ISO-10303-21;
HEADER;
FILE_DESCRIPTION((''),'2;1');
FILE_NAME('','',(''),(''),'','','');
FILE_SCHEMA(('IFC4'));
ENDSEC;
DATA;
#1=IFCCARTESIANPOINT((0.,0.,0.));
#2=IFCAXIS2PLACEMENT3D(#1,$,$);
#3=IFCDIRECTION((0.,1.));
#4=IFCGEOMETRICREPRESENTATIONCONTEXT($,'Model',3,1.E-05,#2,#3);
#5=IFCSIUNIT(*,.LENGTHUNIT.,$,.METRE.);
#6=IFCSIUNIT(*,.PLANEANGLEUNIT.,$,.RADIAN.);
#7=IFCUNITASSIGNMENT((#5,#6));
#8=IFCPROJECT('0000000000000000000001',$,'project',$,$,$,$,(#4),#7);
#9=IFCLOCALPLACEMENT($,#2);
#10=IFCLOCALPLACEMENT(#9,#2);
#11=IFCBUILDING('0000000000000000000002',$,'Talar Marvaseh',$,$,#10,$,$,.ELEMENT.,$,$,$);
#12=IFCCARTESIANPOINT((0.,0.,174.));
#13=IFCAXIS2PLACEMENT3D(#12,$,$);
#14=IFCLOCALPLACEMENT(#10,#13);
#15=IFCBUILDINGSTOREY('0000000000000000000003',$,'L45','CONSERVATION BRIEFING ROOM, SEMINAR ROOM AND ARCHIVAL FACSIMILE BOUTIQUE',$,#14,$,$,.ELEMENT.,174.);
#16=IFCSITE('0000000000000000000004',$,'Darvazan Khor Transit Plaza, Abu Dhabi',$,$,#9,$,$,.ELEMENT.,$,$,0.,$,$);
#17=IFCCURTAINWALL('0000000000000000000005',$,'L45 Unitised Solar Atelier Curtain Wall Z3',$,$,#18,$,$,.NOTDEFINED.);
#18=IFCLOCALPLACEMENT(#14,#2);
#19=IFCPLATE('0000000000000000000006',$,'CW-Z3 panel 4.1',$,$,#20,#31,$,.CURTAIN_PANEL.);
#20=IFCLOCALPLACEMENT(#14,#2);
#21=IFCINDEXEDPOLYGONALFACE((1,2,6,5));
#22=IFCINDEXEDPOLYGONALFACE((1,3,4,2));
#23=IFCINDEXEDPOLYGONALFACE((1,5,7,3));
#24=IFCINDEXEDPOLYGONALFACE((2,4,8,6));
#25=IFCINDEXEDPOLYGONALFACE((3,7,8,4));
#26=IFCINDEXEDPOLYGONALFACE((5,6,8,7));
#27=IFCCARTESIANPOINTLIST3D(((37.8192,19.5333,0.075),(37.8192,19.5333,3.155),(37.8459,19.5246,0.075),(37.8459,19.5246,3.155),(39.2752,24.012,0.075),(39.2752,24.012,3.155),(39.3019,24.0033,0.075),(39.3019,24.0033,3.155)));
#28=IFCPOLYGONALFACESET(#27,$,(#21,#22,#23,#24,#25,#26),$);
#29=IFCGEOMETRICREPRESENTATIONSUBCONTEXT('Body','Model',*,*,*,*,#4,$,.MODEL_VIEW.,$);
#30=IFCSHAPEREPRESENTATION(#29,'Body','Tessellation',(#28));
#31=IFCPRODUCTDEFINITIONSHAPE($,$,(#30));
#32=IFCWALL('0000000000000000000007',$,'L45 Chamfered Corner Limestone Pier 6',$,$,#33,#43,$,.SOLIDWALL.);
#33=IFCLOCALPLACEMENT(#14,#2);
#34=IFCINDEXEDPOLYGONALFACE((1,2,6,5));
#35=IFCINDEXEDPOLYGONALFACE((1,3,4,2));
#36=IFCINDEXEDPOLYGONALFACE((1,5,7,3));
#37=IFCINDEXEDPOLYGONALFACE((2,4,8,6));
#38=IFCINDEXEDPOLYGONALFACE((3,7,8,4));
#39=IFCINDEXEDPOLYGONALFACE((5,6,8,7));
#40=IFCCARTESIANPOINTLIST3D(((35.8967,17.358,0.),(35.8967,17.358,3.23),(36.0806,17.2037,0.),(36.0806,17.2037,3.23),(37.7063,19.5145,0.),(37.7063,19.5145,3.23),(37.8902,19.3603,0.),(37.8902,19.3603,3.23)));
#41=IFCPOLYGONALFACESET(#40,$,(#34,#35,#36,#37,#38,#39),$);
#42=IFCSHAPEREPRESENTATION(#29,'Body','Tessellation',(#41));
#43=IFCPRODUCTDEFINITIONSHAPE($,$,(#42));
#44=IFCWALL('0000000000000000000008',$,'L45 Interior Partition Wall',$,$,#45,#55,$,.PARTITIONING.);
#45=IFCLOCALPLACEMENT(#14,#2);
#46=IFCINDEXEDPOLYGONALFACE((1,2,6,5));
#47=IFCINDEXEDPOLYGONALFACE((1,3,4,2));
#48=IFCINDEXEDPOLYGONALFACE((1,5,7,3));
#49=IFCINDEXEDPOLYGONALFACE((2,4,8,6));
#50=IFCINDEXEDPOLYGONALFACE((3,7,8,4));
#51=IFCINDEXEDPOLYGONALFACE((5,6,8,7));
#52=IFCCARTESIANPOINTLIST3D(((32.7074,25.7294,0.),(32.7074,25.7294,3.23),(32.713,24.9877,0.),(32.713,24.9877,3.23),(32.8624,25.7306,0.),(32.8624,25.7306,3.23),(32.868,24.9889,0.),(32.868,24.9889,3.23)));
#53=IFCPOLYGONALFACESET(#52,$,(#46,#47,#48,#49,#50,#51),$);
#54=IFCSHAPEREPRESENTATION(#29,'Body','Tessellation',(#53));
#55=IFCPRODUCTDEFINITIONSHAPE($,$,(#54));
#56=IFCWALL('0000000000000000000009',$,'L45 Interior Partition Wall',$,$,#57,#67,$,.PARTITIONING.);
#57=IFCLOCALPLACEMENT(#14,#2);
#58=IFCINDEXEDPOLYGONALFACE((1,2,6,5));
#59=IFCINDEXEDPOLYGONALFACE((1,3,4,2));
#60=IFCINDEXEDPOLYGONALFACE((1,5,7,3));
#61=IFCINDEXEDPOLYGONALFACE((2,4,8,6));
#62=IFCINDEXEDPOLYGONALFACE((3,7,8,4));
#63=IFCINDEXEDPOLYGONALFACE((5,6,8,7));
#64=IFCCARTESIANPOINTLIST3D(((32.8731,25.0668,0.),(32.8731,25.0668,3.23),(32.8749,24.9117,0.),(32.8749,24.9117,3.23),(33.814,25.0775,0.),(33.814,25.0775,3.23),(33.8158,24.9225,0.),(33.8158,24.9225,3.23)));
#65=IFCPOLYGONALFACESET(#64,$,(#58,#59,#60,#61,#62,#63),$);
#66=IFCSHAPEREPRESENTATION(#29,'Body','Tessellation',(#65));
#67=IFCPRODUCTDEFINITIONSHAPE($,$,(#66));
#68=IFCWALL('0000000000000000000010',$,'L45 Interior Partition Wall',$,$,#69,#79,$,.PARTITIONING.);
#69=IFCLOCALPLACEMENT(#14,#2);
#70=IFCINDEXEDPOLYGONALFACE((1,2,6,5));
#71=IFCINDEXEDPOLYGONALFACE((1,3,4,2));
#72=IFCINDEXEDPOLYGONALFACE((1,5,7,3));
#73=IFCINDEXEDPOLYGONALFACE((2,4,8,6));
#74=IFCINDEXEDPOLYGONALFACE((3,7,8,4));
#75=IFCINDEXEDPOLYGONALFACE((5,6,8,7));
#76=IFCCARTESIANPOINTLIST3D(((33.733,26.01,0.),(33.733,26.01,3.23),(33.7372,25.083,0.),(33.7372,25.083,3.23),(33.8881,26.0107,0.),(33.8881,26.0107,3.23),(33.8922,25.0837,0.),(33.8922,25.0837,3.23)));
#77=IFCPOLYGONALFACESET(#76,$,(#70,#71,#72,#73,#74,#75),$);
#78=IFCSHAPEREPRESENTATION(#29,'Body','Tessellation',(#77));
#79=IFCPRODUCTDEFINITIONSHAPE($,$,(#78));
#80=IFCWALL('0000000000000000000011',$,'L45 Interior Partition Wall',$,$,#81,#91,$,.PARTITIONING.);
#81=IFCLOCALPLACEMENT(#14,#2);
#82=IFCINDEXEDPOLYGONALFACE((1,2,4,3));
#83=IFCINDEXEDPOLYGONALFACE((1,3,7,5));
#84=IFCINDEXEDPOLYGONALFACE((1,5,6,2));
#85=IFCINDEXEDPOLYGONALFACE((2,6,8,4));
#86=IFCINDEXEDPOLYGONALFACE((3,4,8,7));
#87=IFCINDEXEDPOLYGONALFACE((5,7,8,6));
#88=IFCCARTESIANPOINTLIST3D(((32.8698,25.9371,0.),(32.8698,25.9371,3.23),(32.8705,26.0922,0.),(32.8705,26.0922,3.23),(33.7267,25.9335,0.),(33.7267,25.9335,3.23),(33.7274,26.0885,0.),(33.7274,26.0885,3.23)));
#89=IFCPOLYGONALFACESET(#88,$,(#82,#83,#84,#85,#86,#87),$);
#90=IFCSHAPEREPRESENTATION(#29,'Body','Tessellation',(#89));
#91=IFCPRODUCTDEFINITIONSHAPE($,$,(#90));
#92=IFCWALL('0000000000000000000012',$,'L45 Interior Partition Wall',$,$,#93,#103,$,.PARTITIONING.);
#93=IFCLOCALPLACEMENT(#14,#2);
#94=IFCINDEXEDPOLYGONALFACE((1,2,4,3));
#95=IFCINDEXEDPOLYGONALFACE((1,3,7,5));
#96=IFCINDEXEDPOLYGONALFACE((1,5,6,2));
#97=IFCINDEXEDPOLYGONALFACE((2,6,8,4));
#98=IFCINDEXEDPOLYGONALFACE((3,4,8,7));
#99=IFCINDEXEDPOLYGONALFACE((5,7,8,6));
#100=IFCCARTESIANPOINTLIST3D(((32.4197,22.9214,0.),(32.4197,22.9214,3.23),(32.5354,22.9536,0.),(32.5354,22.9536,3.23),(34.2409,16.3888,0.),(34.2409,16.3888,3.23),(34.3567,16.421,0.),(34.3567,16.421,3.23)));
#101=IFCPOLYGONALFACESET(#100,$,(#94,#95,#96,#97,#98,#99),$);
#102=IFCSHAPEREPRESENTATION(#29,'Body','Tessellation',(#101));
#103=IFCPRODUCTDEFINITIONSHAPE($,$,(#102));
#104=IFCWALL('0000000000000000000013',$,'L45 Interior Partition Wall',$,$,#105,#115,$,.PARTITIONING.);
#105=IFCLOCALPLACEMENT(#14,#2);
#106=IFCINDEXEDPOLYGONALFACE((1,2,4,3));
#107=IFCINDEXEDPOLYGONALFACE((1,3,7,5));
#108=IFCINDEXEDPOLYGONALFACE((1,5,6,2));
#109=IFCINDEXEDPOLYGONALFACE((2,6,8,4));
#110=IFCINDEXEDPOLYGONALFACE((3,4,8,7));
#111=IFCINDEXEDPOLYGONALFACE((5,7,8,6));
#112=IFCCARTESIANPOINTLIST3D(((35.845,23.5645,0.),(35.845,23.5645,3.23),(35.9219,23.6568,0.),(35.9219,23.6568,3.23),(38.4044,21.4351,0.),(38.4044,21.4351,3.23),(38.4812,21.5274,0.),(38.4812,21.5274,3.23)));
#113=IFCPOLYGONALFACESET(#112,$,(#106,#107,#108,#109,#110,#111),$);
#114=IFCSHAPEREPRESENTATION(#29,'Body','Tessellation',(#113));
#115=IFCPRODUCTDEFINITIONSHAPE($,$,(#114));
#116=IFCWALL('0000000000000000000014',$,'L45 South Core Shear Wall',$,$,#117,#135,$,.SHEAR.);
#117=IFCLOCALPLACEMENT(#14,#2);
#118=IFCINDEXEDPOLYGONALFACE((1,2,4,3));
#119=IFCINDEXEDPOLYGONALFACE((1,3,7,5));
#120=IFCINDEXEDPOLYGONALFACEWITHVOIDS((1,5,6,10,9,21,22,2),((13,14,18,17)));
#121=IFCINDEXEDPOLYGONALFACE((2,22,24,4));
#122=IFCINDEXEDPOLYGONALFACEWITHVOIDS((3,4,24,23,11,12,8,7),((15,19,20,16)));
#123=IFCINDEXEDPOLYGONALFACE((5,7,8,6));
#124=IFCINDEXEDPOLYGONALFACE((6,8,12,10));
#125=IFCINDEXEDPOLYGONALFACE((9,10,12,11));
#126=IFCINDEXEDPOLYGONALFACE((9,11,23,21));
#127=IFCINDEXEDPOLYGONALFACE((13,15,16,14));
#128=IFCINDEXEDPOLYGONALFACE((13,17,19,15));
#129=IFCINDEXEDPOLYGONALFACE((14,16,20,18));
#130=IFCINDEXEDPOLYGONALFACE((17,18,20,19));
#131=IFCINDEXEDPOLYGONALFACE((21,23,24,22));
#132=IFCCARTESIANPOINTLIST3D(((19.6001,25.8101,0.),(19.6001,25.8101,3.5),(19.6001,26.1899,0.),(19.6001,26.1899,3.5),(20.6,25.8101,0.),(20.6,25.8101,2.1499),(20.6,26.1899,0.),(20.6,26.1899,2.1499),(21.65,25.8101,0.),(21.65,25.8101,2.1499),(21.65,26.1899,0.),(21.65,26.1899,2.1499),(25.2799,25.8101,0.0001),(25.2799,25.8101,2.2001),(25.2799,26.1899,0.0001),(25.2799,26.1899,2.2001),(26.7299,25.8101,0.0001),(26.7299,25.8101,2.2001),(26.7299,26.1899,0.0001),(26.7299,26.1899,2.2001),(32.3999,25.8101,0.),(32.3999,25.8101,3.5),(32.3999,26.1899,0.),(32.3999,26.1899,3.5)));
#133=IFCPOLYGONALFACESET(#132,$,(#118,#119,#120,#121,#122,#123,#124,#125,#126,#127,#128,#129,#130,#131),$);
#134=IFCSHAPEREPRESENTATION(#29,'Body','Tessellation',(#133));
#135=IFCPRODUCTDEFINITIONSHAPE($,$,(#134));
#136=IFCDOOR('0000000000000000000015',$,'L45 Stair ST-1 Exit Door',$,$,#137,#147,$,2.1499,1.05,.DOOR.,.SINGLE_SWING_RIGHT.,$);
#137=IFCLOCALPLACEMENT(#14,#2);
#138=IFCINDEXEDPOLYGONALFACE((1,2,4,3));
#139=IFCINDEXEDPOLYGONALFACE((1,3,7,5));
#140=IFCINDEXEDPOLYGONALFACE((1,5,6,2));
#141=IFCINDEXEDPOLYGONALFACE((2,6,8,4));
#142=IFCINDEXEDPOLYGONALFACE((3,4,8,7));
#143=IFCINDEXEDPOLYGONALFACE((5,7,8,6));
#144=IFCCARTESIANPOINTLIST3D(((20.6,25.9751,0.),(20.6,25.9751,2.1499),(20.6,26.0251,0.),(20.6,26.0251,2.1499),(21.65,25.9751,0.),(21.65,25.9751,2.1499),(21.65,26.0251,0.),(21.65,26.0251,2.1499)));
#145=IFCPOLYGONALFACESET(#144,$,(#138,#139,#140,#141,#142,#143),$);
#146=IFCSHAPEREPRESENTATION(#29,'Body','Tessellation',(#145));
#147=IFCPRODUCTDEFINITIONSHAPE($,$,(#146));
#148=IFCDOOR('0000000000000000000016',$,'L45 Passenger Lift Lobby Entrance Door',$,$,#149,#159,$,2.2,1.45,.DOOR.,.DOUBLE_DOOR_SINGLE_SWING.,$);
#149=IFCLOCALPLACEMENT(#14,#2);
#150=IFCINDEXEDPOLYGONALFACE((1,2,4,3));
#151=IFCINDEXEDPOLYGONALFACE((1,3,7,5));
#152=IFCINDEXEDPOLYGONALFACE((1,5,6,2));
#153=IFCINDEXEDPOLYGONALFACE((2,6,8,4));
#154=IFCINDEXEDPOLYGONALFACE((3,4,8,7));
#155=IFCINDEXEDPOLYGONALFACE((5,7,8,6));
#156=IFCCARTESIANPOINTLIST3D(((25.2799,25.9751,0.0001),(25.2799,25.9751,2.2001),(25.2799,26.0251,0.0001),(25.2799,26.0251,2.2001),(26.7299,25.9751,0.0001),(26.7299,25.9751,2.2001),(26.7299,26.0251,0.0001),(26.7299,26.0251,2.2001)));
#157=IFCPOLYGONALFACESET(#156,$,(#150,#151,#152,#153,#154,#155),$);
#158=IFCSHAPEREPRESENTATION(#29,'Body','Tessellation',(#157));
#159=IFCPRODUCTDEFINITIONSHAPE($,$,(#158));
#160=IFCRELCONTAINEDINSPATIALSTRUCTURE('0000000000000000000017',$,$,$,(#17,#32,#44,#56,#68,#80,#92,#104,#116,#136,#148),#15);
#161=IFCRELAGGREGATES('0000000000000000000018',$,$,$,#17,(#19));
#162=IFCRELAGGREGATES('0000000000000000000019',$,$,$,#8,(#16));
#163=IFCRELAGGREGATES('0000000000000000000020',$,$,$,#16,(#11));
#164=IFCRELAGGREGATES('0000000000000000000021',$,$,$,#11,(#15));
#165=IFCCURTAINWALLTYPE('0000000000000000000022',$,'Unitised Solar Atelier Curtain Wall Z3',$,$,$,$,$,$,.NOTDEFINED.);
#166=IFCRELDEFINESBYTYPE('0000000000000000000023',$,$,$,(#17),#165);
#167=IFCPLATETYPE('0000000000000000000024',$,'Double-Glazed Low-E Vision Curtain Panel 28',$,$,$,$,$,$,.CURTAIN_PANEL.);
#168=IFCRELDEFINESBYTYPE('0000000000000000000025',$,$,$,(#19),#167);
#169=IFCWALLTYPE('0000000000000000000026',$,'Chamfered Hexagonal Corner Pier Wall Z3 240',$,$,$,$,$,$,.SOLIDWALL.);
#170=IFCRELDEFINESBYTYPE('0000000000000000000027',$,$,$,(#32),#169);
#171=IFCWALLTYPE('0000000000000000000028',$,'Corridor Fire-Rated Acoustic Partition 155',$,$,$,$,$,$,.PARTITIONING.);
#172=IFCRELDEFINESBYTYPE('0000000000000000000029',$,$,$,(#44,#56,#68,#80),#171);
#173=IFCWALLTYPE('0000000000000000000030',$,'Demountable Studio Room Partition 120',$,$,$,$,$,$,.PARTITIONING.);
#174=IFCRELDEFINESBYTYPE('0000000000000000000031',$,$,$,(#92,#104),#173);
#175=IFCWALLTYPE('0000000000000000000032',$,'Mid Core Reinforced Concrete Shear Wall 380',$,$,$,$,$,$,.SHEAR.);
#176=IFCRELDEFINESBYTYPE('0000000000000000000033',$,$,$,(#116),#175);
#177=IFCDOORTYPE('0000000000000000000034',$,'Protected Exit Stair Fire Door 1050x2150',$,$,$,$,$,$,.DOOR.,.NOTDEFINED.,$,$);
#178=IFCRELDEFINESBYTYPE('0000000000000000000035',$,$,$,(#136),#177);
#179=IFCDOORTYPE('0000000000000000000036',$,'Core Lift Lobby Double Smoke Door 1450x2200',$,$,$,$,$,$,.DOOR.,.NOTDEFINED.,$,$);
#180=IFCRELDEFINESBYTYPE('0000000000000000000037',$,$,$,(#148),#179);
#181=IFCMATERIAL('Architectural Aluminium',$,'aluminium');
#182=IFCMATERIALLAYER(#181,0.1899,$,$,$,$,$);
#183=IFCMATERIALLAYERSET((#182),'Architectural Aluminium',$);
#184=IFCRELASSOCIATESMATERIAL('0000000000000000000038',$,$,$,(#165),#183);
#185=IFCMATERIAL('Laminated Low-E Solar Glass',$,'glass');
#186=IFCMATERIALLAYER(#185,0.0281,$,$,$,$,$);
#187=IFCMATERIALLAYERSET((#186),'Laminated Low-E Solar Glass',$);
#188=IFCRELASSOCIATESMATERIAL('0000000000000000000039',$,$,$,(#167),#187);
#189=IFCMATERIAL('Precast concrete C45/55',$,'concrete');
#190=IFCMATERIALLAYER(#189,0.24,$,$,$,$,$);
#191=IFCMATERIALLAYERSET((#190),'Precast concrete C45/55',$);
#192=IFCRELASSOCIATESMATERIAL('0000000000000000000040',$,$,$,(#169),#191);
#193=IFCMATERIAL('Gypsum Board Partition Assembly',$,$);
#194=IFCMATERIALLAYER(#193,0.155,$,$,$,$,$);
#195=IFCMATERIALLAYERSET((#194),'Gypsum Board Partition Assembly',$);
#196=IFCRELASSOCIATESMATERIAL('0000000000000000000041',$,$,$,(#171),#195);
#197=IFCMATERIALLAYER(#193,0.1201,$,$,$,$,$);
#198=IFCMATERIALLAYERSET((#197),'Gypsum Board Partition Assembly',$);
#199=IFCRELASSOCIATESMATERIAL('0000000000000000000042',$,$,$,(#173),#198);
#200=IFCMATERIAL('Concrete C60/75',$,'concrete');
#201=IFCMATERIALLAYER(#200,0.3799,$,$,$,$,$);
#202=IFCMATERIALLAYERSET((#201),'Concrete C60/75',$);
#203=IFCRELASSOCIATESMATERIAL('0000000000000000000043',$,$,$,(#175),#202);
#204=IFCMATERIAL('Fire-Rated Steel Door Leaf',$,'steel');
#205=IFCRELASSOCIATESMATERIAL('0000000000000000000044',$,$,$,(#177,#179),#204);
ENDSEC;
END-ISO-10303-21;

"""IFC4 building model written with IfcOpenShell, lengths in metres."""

from ifc_helpers import new_model, si_unit, direction, frame, frame_2d, origin, origin_2d, place, context, subcontext, project, spatial, rectangle, extrude, source, transform, mapped, material, layer, layer_set, type_object, type_shapes, element, fill, aggregate, save


model = new_model("IFC4")

# Units and contexts
model_context = context("Model", 3, precision=1e-05, world=origin(), true_north=direction((0.0, 1.0)))
body_context = subcontext(model_context, "Body", "Model", "MODEL_VIEW")
ifc_project = project(units=[si_unit("LENGTHUNIT", "METRE"), si_unit("PLANEANGLEUNIT", "RADIAN")], contexts=[model_context])

# Site, building, storey
site_placement = place(None, origin())
site = spatial("IfcSite", under=ifc_project, at=site_placement, Name="Darvazan Khor Transit Plaza, Abu Dhabi", CompositionType="ELEMENT", RefElevation=0.0)
building_placement = place(site_placement, origin())
building = spatial("IfcBuilding", under=site, at=building_placement, Name="Talar Marvaseh", CompositionType="ELEMENT")
storey_placement = place(building_placement, frame((0.0, 0.0, 174.0)))
storey = spatial("IfcBuildingStorey", under=building, at=storey_placement, Name="L45", Description="CONSERVATION BRIEFING ROOM, SEMINAR ROOM AND ARCHIVAL FACSIMILE BOUTIQUE", CompositionType="ELEMENT", Elevation=174.0)

# Shared definitions
ifc_material_1 = material(Name="Concrete C60/75", Category="concrete")

# Curtain wall, plate
ifc_material_2 = material(Name="Architectural Aluminium", Category="aluminium")
ifc_layer_1 = layer(ifc_material_2, 0.1899)
ifc_layer_set_1 = layer_set([ifc_layer_1], Name="Architectural Aluminium")
curtain_wall_type = type_object("IfcCurtainWallType", Name="Unitised Solar Atelier Curtain Wall Z3", PredefinedType="NOTDEFINED", material=ifc_layer_set_1)
curtain_wall_placement = place(storey_placement, origin())
curtain_wall = element("IfcCurtainWall", 1, at=curtain_wall_placement, inside=storey, type_object=curtain_wall_type, Name="L45 Unitised Solar Atelier Curtain Wall Z3", PredefinedType="NOTDEFINED")
ifc_material_3 = material(Name="Laminated Low-E Solar Glass", Category="glass")
ifc_layer_2 = layer(ifc_material_3, 0.0281)
ifc_layer_set_2 = layer_set([ifc_layer_2], Name="Laminated Low-E Solar Glass")
plate_type = type_object("IfcPlateType", Name="Double-Glazed Low-E Vision Curtain Panel 28", PredefinedType="CURTAIN_PANEL", material=ifc_layer_set_2)
shared_shape_1 = source(origin(), body_context, "Body", "SweptSolid", [
    extrude(rectangle(XDim=4.7095, YDim=0.0281, at=origin_2d()), origin(), (0.0, 0.0, 1.0), 3.0801),
])
type_shapes(plate_type, [shared_shape_1])
plate_placement = place(storey_placement, frame((38.5605, 21.7683, 0.075), z_axis=(0.0, 0.0, 1.0), x_axis=(-0.309164, -0.951009, 0.0)))
plate = element("IfcPlate", 2, at=plate_placement, type_object=plate_type, Name="CW-Z3 panel 4.1", PredefinedType="CURTAIN_PANEL", context=body_context, shape_type="MappedRepresentation", body=[
    mapped(shared_shape_1, transform((0.0, 0.0, 0.0), x_axis=(1.0, 0.0, 0.0), y_axis=(0.0, 1.0, 0.0), z_axis=(0.0, 0.0, 1.0), scale=1.0)),
])
aggregate(curtain_wall, [plate])

# Wall
ifc_material_4 = material(Name="Precast concrete C45/55", Category="concrete")
ifc_layer_3 = layer(ifc_material_4, 0.24)
ifc_layer_set_3 = layer_set([ifc_layer_3], Name="Precast concrete C45/55")
wall_type_1 = type_object("IfcWallType", Name="Chamfered Hexagonal Corner Pier Wall Z3 240", PredefinedType="SOLIDWALL", material=ifc_layer_set_3)
wall_1_placement = place(storey_placement, frame((37.7983, 19.4375, 0.0), z_axis=(0.0, 0.0, 1.0), x_axis=(-0.642799, -0.766034, 0.0)))
element("IfcWall", 3, at=wall_1_placement, inside=storey, type_object=wall_type_1, Name="L45 Chamfered Corner Limestone Pier 6", PredefinedType="SOLIDWALL", context=body_context, shape_type="SweptSolid", body=[
    extrude(rectangle(XDim=2.8152, YDim=0.24, at=frame_2d((1.4077, 0.0))), origin(), (0.0, 0.0, 1.0), 3.23),
])

# Shared definitions
ifc_material_5 = material(Name="Gypsum Board Partition Assembly")
ifc_layer_4 = layer(ifc_material_5, 0.155)
ifc_layer_set_4 = layer_set([ifc_layer_4], Name="Gypsum Board Partition Assembly")
wall_type_2 = type_object("IfcWallType", Name="Corridor Fire-Rated Acoustic Partition 155", PredefinedType="PARTITIONING", material=ifc_layer_set_4)

# Walls
wall_2_placement = place(storey_placement, frame((32.7849, 25.73, 0.0), z_axis=(0.0, 0.0, 1.0), x_axis=(0.007571, -0.999971, 0.0)))
element("IfcWall", 4, at=wall_2_placement, inside=storey, type_object=wall_type_2, Name="L45 Interior Partition Wall", PredefinedType="PARTITIONING", context=body_context, shape_type="SweptSolid", body=[
    extrude(rectangle(XDim=0.7417, YDim=0.155, at=frame_2d((0.3708, 0.0))), origin(), (0.0, 0.0, 1.0), 3.23),
])
wall_3_placement = place(storey_placement, frame((32.874, 24.9893, 0.0), z_axis=(0.0, 0.0, 1.0), x_axis=(0.999935, 0.011416, 0.0)))
element("IfcWall", 5, at=wall_3_placement, inside=storey, type_object=wall_type_2, Name="L45 Interior Partition Wall", PredefinedType="PARTITIONING", context=body_context, shape_type="SweptSolid", body=[
    extrude(rectangle(XDim=0.9409, YDim=0.155, at=frame_2d((0.4705, 0.0))), origin(), (0.0, 0.0, 1.0), 3.23),
])
wall_4_placement = place(storey_placement, frame((33.8147, 25.0835, 0.0), z_axis=(0.0, 0.0, 1.0), x_axis=(-0.004477, 0.99999, 0.0)))
element("IfcWall", 6, at=wall_4_placement, inside=storey, type_object=wall_type_2, Name="L45 Interior Partition Wall", PredefinedType="PARTITIONING", context=body_context, shape_type="SweptSolid", body=[
    extrude(rectangle(XDim=0.927, YDim=0.155, at=frame_2d((0.4634, 0.0))), origin(), (0.0, 0.0, 1.0), 3.23),
])
wall_5_placement = place(storey_placement, frame((33.7271, 26.011, 0.0), z_axis=(0.0, 0.0, 1.0), x_axis=(-0.999991, 0.004273, 0.0)))
element("IfcWall", 7, at=wall_5_placement, inside=storey, type_object=wall_type_2, Name="L45 Interior Partition Wall", PredefinedType="PARTITIONING", context=body_context, shape_type="SweptSolid", body=[
    extrude(rectangle(XDim=0.8569, YDim=0.155, at=frame_2d((0.4285, 0.0))), origin(), (0.0, 0.0, 1.0), 3.23),
])
ifc_layer_5 = layer(ifc_material_5, 0.1201)
ifc_layer_set_5 = layer_set([ifc_layer_5], Name="Gypsum Board Partition Assembly")
wall_type_3 = type_object("IfcWallType", Name="Demountable Studio Room Partition 120", PredefinedType="PARTITIONING", material=ifc_layer_set_5)
wall_6_placement = place(storey_placement, frame((32.4775, 22.9375, 0.0), z_axis=(0.0, 0.0, 1.0), x_axis=(0.268554, -0.963265, 0.0)))
element("IfcWall", 8, at=wall_6_placement, inside=storey, type_object=wall_type_3, Name="L45 Interior Partition Wall", PredefinedType="PARTITIONING", context=body_context, shape_type="SweptSolid", body=[
    extrude(rectangle(XDim=6.7817, YDim=0.1201, at=frame_2d((3.3909, 0.0))), origin(), (0.0, 0.0, 1.0), 3.23),
])
wall_7_placement = place(storey_placement, frame((35.8835, 23.6106, 0.0), z_axis=(0.0, 0.0, 1.0), x_axis=(0.76872, -0.639586, 0.0)))
element("IfcWall", 9, at=wall_7_placement, inside=storey, type_object=wall_type_3, Name="L45 Interior Partition Wall", PredefinedType="PARTITIONING", context=body_context, shape_type="SweptSolid", body=[
    extrude(rectangle(XDim=3.3293, YDim=0.1201, at=frame_2d((1.6646, 0.0))), origin(), (0.0, 0.0, 1.0), 3.23),
])

# Wall, openings, doors
ifc_layer_6 = layer(ifc_material_1, 0.3799)
ifc_layer_set_6 = layer_set([ifc_layer_6], Name="Concrete C60/75")
wall_type_4 = type_object("IfcWallType", Name="Mid Core Reinforced Concrete Shear Wall 380", PredefinedType="SHEAR", material=ifc_layer_set_6)
wall_8_placement = place(storey_placement, frame((32.3999, 26.0, 0.0), z_axis=(0.0, 0.0, 1.0), x_axis=(-1.0, 0.0, 0.0)))
wall_8 = element("IfcWall", 10, at=wall_8_placement, inside=storey, type_object=wall_type_4, Name="L45 South Core Shear Wall", PredefinedType="SHEAR", context=body_context, shape_type="SweptSolid", body=[
    extrude(rectangle(XDim=12.7998, YDim=0.3799, at=frame_2d((6.3999, 0.0))), origin(), (0.0, 0.0, 1.0), 3.5),
])
opening_1_placement = place(wall_8_placement, frame((10.75, 0.0, 0.0)))
opening_1 = element("IfcOpeningElement", 11, at=opening_1_placement, cuts=wall_8, PredefinedType="OPENING", context=body_context, shape_type="SweptSolid", body=[
    extrude(rectangle(XDim=1.05, YDim=2.1499, at=frame_2d((0.5249, 1.075))), frame((0.0, 0.2, 0.0), z_axis=(0.0, -1.0, 0.0), x_axis=(1.0, 0.0, 0.0)), (0.0, 0.0, 1.0), 0.3999),
])
opening_2_placement = place(wall_8_placement, frame((5.6699, 0.0, 0.0)))
opening_2 = element("IfcOpeningElement", 12, at=opening_2_placement, cuts=wall_8, PredefinedType="OPENING", context=body_context, shape_type="SweptSolid", body=[
    extrude(rectangle(XDim=1.45, YDim=2.2, at=frame_2d((0.7251, 1.1001))), frame((0.0, 0.2, 0.0), z_axis=(0.0, -1.0, 0.0), x_axis=(1.0, 0.0, 0.0)), (0.0, 0.0, 1.0), 0.3999),
])
ifc_material_6 = material(Name="Fire-Rated Steel Door Leaf", Category="steel")
door_type_1 = type_object("IfcDoorType", Name="Protected Exit Stair Fire Door 1050x2150", OperationType="NOTDEFINED", PredefinedType="DOOR", material=ifc_material_6)
shared_shape_2 = source(origin(), body_context, "Body", "SweptSolid", [
    extrude(rectangle(XDim=1.05, YDim=2.1499, at=frame_2d((0.5249, 1.075))), frame((0.0, 0.0249, 0.0), z_axis=(0.0, -1.0, 0.0), x_axis=(1.0, 0.0, 0.0)), (0.0, 0.0, 1.0), 0.05),
])
type_shapes(door_type_1, [shared_shape_2])
door_1_placement = place(opening_1_placement, origin())
door_1 = element("IfcDoor", 13, at=door_1_placement, inside=storey, type_object=door_type_1, Name="L45 Stair ST-1 Exit Door", OperationType="SINGLE_SWING_RIGHT", OverallHeight=2.1499, OverallWidth=1.05, PredefinedType="DOOR", context=body_context, shape_type="MappedRepresentation", body=[
    mapped(shared_shape_2, transform((0.0, 0.0, 0.0), x_axis=(1.0, 0.0, 0.0), y_axis=(0.0, 1.0, 0.0), z_axis=(0.0, 0.0, 1.0), scale=1.0)),
])
fill(opening_1, door_1)
door_type_2 = type_object("IfcDoorType", Name="Core Lift Lobby Double Smoke Door 1450x2200", OperationType="NOTDEFINED", PredefinedType="DOOR", material=ifc_material_6)
shared_shape_3 = source(origin(), body_context, "Body", "SweptSolid", [
    extrude(rectangle(XDim=1.45, YDim=2.2, at=frame_2d((0.7251, 1.1001))), frame((0.0, 0.0249, 0.0), z_axis=(0.0, -1.0, 0.0), x_axis=(1.0, 0.0, 0.0)), (0.0, 0.0, 1.0), 0.05),
])
type_shapes(door_type_2, [shared_shape_3])
door_2_placement = place(opening_2_placement, origin())
door_2 = element("IfcDoor", 14, at=door_2_placement, inside=storey, type_object=door_type_2, Name="L45 Passenger Lift Lobby Entrance Door", OperationType="DOUBLE_DOOR_SINGLE_SWING", OverallHeight=2.2, OverallWidth=1.45, PredefinedType="DOOR", context=body_context, shape_type="MappedRepresentation", body=[
    mapped(shared_shape_3, transform((0.0, 0.0, 0.0), x_axis=(1.0, 0.0, 0.0), y_axis=(0.0, 1.0, 0.0), z_axis=(0.0, 0.0, 1.0), scale=1.0)),
])
fill(opening_2, door_2)

save(model, "model.ifc")
